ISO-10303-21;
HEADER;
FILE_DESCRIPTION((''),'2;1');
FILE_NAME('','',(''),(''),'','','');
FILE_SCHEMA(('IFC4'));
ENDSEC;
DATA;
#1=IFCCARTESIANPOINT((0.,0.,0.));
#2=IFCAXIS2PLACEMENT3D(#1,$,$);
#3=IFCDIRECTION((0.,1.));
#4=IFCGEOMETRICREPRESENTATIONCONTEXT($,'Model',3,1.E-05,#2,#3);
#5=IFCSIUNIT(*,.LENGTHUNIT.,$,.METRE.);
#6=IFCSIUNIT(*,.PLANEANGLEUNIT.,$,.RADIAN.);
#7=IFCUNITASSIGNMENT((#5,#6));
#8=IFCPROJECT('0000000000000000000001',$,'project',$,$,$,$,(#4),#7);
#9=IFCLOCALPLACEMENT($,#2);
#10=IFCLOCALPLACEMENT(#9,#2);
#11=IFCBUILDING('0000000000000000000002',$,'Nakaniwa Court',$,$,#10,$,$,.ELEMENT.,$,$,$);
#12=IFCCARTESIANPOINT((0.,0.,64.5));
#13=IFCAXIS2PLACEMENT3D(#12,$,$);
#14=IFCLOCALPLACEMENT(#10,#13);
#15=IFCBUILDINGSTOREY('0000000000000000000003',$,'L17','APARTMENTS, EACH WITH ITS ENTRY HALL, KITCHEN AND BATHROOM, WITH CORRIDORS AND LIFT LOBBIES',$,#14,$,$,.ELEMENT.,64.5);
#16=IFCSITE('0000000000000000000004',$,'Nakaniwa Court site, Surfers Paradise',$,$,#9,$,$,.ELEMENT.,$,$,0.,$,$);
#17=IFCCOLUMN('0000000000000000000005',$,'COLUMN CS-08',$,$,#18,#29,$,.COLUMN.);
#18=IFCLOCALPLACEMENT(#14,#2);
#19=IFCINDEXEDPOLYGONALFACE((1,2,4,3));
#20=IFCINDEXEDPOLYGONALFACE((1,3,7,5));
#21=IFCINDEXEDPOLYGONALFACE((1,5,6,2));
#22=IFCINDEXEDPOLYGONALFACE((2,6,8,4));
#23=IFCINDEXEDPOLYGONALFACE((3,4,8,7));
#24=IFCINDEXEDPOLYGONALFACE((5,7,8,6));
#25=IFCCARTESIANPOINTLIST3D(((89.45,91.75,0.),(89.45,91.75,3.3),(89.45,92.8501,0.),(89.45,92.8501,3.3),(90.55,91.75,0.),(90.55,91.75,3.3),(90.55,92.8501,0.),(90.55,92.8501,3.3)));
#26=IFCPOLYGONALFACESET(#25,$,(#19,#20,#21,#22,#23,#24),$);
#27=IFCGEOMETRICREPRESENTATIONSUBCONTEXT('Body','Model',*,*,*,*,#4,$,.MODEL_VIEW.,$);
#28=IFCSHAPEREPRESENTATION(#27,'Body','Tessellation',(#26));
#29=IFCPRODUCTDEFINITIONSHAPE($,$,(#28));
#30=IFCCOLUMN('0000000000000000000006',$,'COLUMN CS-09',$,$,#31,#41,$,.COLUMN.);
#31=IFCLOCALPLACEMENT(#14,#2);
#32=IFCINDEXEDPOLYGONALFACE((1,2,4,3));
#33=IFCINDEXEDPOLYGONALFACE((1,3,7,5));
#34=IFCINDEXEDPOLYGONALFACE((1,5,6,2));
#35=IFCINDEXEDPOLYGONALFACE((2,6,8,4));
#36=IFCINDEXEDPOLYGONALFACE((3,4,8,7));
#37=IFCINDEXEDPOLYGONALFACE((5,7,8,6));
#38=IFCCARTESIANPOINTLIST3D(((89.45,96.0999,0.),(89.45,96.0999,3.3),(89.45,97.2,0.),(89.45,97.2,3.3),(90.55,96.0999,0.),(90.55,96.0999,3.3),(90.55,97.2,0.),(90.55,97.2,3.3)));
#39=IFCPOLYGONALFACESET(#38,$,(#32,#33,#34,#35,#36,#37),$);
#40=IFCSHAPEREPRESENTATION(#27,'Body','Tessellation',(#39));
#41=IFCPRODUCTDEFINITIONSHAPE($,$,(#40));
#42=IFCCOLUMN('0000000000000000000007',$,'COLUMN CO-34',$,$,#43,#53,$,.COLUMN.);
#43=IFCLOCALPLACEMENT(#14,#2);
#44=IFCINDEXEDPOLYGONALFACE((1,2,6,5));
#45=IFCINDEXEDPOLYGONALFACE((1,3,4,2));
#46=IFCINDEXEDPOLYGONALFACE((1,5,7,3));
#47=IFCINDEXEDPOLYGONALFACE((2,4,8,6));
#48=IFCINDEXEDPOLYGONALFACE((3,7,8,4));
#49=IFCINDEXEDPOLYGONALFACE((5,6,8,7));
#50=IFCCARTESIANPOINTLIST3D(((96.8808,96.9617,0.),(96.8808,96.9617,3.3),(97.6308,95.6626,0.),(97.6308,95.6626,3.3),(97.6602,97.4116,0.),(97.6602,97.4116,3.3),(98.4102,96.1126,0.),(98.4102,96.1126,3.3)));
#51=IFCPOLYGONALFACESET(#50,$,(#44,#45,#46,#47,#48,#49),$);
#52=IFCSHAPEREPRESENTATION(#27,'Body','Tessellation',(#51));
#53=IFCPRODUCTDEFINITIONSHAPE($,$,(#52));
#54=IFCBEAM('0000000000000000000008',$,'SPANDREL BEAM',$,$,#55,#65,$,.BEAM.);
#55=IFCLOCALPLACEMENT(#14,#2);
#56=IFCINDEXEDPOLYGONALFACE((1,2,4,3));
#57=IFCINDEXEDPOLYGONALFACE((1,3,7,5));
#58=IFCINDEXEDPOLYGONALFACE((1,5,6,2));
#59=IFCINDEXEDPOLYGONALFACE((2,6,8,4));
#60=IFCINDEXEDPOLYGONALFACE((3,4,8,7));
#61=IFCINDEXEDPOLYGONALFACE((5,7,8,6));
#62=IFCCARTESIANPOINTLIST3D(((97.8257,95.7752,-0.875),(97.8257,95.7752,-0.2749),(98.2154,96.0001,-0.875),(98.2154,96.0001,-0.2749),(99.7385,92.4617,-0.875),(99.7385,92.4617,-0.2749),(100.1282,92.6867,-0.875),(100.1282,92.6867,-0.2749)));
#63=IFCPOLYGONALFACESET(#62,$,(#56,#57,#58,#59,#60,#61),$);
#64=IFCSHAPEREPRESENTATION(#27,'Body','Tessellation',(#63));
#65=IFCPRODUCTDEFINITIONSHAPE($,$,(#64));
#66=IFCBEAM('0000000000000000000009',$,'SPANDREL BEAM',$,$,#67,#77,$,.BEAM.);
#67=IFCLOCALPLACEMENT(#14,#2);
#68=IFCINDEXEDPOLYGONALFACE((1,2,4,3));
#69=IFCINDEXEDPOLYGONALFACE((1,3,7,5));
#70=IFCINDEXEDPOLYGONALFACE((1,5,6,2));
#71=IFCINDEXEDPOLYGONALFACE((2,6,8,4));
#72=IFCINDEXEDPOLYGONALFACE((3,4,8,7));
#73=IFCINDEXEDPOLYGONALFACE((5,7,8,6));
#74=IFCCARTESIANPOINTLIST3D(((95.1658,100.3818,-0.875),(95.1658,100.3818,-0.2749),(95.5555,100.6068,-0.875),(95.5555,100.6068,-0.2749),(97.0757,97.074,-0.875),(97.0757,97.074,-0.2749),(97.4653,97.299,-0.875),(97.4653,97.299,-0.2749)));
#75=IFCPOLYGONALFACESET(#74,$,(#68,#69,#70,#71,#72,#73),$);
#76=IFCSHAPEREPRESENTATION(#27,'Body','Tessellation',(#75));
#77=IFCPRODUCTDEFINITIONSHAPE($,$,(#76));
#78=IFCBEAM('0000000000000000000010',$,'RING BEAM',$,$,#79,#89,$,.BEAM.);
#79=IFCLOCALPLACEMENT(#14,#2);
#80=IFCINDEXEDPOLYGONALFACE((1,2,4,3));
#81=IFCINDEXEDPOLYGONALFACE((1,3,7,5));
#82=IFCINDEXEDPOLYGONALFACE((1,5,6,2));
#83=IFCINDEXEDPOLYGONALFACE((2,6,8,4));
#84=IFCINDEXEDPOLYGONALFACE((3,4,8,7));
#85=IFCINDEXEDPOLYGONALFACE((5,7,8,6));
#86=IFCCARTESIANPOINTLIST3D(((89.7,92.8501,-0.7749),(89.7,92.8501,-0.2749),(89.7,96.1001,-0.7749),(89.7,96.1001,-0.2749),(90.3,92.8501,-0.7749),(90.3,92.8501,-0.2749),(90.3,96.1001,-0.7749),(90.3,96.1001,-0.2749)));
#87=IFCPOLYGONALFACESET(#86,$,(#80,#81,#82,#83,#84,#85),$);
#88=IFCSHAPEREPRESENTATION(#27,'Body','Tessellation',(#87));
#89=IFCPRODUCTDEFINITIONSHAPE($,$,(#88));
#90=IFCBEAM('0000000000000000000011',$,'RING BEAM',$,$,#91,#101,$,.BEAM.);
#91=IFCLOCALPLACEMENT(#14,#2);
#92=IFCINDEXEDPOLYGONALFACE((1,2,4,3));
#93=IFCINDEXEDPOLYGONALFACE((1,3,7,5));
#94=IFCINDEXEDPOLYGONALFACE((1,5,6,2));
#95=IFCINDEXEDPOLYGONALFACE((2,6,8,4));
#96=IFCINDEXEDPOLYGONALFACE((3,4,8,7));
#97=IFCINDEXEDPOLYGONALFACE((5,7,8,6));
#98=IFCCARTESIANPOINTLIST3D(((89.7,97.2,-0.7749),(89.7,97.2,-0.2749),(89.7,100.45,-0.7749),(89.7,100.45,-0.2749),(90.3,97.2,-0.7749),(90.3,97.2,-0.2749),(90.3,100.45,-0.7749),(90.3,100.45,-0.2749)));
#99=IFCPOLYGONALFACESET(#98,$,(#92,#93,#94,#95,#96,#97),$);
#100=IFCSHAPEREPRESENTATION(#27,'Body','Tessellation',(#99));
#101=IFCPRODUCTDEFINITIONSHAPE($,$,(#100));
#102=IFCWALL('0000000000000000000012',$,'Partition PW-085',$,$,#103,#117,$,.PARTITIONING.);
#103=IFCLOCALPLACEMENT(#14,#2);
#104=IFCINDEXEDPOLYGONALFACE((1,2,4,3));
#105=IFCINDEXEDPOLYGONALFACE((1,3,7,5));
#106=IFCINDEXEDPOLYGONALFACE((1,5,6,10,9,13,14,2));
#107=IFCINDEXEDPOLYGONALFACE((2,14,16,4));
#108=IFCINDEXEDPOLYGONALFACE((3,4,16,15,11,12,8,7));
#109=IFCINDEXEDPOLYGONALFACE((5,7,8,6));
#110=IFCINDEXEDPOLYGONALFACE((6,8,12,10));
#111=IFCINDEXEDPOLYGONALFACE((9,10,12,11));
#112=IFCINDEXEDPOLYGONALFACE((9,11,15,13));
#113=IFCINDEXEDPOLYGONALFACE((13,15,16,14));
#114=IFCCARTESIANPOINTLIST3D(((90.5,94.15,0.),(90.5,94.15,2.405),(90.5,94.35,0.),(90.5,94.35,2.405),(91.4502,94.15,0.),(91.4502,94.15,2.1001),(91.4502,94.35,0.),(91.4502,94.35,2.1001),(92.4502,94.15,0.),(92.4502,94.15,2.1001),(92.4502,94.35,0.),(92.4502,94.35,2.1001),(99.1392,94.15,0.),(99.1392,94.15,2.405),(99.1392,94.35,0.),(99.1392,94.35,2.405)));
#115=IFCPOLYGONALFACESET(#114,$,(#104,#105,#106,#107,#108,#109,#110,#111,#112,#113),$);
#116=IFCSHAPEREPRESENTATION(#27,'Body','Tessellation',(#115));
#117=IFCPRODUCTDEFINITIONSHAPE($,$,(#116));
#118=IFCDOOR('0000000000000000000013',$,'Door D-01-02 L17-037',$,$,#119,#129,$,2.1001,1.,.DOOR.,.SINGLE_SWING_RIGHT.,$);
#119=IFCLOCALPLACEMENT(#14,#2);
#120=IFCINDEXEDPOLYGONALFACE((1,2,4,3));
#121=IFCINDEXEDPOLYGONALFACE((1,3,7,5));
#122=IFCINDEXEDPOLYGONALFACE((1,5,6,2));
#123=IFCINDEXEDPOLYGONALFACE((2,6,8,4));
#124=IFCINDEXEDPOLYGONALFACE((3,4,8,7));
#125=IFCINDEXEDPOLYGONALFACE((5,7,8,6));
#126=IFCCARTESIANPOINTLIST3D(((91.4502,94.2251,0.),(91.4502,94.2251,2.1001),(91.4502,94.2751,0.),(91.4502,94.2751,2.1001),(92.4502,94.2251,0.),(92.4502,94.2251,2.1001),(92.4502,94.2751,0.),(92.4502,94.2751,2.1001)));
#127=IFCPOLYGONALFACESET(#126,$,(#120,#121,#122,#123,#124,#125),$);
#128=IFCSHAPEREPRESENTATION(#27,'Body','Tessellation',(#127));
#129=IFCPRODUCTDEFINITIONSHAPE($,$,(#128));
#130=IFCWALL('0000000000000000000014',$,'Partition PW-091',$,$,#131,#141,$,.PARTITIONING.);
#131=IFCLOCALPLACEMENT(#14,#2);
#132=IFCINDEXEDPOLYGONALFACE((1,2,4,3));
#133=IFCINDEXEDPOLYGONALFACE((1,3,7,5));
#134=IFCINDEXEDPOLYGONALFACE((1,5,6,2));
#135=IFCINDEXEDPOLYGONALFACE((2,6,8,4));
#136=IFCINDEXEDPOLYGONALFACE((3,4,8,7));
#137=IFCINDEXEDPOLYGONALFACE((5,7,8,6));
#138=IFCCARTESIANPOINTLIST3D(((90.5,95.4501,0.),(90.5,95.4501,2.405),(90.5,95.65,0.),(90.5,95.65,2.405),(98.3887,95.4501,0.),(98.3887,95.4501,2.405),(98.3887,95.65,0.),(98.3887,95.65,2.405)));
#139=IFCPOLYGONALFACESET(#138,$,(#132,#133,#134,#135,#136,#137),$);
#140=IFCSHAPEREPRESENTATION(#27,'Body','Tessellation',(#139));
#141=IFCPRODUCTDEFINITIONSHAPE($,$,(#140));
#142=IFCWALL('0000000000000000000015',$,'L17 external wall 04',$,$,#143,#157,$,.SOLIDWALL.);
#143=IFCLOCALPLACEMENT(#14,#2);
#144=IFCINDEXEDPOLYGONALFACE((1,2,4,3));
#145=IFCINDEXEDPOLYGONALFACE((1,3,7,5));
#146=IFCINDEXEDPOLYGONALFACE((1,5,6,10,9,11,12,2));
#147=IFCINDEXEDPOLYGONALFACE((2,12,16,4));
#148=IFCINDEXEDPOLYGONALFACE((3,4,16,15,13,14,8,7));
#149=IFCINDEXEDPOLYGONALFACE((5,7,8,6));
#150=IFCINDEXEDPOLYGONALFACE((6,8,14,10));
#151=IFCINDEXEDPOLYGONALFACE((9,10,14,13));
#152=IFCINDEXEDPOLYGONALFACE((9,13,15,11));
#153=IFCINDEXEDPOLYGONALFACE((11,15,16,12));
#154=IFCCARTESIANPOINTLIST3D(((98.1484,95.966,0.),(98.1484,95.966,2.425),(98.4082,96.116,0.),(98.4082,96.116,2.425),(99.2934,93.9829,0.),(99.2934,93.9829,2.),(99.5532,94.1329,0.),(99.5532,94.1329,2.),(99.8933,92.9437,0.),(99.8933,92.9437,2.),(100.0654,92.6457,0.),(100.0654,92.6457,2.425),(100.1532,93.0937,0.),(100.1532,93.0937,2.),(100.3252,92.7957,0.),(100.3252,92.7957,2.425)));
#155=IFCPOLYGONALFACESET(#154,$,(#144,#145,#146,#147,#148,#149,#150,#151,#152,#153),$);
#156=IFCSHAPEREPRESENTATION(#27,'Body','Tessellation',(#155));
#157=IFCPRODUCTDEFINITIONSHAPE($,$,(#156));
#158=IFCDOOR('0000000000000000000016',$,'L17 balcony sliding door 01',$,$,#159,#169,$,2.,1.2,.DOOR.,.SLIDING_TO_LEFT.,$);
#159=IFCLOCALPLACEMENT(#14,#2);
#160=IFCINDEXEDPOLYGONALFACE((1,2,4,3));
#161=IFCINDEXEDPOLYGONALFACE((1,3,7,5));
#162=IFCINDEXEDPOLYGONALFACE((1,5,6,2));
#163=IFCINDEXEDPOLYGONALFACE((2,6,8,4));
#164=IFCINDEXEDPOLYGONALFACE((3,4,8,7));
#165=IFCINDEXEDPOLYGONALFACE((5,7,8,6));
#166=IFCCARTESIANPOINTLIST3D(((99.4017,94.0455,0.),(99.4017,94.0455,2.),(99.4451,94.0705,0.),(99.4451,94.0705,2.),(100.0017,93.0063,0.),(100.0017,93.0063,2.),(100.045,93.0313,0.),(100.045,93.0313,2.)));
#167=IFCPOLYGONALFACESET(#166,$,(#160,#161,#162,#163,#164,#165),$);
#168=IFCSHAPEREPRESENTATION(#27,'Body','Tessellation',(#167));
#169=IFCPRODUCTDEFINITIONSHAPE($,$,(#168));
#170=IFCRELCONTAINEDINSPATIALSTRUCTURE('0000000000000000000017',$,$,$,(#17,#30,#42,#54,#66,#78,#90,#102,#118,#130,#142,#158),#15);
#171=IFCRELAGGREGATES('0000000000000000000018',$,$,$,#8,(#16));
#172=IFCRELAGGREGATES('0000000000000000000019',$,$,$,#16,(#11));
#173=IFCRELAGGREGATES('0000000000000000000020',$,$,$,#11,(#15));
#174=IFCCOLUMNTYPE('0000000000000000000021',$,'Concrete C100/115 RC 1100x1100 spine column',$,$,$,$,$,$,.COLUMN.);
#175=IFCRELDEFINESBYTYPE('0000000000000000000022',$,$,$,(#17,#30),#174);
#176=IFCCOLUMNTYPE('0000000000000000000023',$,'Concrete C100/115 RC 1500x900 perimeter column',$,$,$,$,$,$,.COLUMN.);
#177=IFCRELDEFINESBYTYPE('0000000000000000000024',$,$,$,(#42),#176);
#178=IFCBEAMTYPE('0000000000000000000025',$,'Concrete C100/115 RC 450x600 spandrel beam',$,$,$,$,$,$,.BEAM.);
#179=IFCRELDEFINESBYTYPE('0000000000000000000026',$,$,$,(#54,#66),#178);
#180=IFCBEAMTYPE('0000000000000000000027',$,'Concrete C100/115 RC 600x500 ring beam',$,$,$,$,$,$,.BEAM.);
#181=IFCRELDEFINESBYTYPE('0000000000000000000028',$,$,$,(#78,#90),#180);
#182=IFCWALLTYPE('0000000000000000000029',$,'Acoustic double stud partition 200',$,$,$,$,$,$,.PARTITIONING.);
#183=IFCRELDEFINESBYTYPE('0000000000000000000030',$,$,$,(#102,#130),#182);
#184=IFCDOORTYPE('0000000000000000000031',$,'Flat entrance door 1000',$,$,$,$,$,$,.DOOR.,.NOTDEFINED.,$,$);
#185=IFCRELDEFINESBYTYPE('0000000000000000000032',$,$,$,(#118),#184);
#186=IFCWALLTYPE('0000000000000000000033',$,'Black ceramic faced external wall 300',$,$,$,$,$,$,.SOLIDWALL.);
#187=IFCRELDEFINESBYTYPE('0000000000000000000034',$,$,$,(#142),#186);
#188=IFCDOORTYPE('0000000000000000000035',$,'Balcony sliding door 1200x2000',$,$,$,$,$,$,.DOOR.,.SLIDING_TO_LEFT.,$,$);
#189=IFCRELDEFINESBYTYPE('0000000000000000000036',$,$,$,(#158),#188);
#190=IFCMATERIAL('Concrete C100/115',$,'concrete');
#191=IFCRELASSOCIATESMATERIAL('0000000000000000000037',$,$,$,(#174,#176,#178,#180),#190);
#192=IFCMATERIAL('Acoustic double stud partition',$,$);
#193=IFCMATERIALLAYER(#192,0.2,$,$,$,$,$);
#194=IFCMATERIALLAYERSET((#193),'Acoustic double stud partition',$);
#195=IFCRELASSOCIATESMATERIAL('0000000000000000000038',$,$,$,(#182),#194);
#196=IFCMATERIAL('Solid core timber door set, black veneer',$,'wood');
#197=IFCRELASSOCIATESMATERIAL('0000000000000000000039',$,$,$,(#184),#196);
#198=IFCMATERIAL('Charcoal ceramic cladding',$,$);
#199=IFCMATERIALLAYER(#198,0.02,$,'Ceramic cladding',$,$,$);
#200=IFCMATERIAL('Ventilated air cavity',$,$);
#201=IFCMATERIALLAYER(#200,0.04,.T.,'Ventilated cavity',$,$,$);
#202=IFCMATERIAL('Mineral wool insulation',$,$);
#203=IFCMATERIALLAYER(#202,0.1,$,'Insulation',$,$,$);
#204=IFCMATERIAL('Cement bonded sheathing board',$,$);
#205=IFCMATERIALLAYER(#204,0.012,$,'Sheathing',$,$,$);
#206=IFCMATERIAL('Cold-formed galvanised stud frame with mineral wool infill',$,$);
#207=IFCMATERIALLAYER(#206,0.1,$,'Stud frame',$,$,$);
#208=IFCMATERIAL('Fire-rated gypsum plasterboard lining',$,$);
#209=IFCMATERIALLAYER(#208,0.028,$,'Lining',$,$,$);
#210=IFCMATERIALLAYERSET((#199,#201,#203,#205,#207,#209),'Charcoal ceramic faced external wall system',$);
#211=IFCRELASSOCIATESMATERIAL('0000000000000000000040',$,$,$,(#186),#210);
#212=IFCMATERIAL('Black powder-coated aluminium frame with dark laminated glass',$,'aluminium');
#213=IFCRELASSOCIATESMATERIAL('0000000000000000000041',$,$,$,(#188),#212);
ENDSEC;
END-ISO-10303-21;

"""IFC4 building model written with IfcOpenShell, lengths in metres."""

from ifc_helpers import new_model, si_unit, direction, frame, frame_2d, origin, origin_2d, place, context, subcontext, project, spatial, rectangle, extrude, material, layer, layer_set, material_profile, profile_set, type_object, element, fill, save


model = new_model("IFC4")

# Units and contexts
model_context = context("Model", 3, precision=1e-05, world=origin(), true_north=direction((0.0, 1.0)))
body_context = subcontext(model_context, "Body", "Model", "MODEL_VIEW")
ifc_project = project(units=[si_unit("LENGTHUNIT", "METRE"), si_unit("PLANEANGLEUNIT", "RADIAN")], contexts=[model_context])

# Site, building, storey
site_placement = place(None, origin())
site = spatial("IfcSite", under=ifc_project, at=site_placement, Name="Nakaniwa Court site, Surfers Paradise", CompositionType="ELEMENT", RefElevation=0.0)
building_placement = place(site_placement, origin())
building = spatial("IfcBuilding", under=site, at=building_placement, Name="Nakaniwa Court", CompositionType="ELEMENT")
storey_placement = place(building_placement, frame((0.0, 0.0, 64.5)))
storey = spatial("IfcBuildingStorey", under=building, at=storey_placement, Name="L17", Description="APARTMENTS, EACH WITH ITS ENTRY HALL, KITCHEN AND BATHROOM, WITH CORRIDORS AND LIFT LOBBIES", CompositionType="ELEMENT", Elevation=64.5)

# Columns
ifc_material_1 = material(Name="Concrete C100/115", Category="concrete")
ifc_material_profile_1 = material_profile(ifc_material_1, rectangle(XDim=1.1001, YDim=1.1001, at=origin_2d()), Name="Concrete C100/115 RC 1100x1100 spine column")
ifc_profile_set_1 = profile_set([ifc_material_profile_1], Name="Concrete C100/115")
column_type_1 = type_object("IfcColumnType", Name="Concrete C100/115 RC 1100x1100 spine column", PredefinedType="COLUMN", material=ifc_profile_set_1)
for number, where, z_axis, x_axis, name in (
    (1, (90.0, 92.3, 0.0), (0.0, 0.0, 1.0), (0.0, 1.0, 0.0), "COLUMN CS-08"),
    (2, (90.0, 96.6499, 0.0), (0.0, 0.0, 1.0), (0.0, 1.0, 0.0), "COLUMN CS-09"),
):
    element("IfcColumn", number, at=place(storey_placement, frame(where, z_axis=z_axis, x_axis=x_axis)), inside=storey, type_object=column_type_1, Name=name, PredefinedType="COLUMN", context=body_context, shape_type="SweptSolid", body=[
        extrude(rectangle(XDim=1.1001, YDim=1.1001, at=origin_2d()), origin(), (0.0, 0.0, 1.0), 3.3),
    ])
ifc_material_profile_2 = material_profile(ifc_material_1, rectangle(XDim=1.5, YDim=0.8999, at=origin_2d()), Name="Concrete C100/115 RC 1500x900 perimeter column")
ifc_profile_set_2 = profile_set([ifc_material_profile_2], Name="Concrete C100/115")
column_type_2 = type_object("IfcColumnType", Name="Concrete C100/115 RC 1500x900 perimeter column", PredefinedType="COLUMN", material=ifc_profile_set_2)
column_placement = place(storey_placement, frame((97.6455, 96.5371, 0.0), z_axis=(0.0, 0.0, 1.0), x_axis=(-0.5, 0.866025, 0.0)))
element("IfcColumn", 3, at=column_placement, inside=storey, type_object=column_type_2, Name="COLUMN CO-34", PredefinedType="COLUMN", context=body_context, shape_type="SweptSolid", body=[
    extrude(rectangle(XDim=1.5, YDim=0.8999, at=origin_2d()), origin(), (0.0, 0.0, 1.0), 3.3),
])

# Beams
ifc_material_profile_3 = material_profile(ifc_material_1, rectangle(XDim=0.45, YDim=0.6001, at=origin_2d()), Name="Concrete C100/115 RC 450x600 spandrel beam")
ifc_profile_set_3 = profile_set([ifc_material_profile_3], Name="Concrete C100/115")
beam_type_1 = type_object("IfcBeamType", Name="Concrete C100/115 RC 450x600 spandrel beam", PredefinedType="BEAM", material=ifc_profile_set_3)
beam_1_placement = place(storey_placement, frame((99.9333, 92.5742, -0.575), z_axis=(-0.499962, 0.866047, 0.0), x_axis=(-0.866047, -0.499962, 0.0)))
element("IfcBeam", 4, at=beam_1_placement, inside=storey, type_object=beam_type_1, Name="SPANDREL BEAM", PredefinedType="BEAM", context=body_context, shape_type="SweptSolid", body=[
    extrude(rectangle(XDim=0.45, YDim=0.6001, at=origin_2d()), origin(), (0.0, 0.0, 1.0), 3.8259),
])
beam_2_placement = place(storey_placement, frame((97.2705, 97.1865, -0.575), z_axis=(-0.500023, 0.866012, 0.0), x_axis=(-0.866012, -0.500023, 0.0)))
element("IfcBeam", 5, at=beam_2_placement, inside=storey, type_object=beam_type_1, Name="SPANDREL BEAM", PredefinedType="BEAM", context=body_context, shape_type="SweptSolid", body=[
    extrude(rectangle(XDim=0.45, YDim=0.6001, at=origin_2d()), origin(), (0.0, 0.0, 1.0), 3.8196),
])
ifc_material_profile_4 = material_profile(ifc_material_1, rectangle(XDim=0.6001, YDim=0.5, at=origin_2d()), Name="Concrete C100/115 RC 600x500 ring beam")
ifc_profile_set_4 = profile_set([ifc_material_profile_4], Name="Concrete C100/115")
beam_type_2 = type_object("IfcBeamType", Name="Concrete C100/115 RC 600x500 ring beam", PredefinedType="BEAM", material=ifc_profile_set_4)
for number, where, z_axis, x_axis, name in (
    (6, (90.0, 92.8501, -0.5249), (0.0, 1.0, 0.0), (-1.0, 0.0, 0.0), "RING BEAM"),
    (7, (90.0, 97.2, -0.5249), (0.0, 1.0, 0.0), (-1.0, 0.0, 0.0), "RING BEAM"),
):
    element("IfcBeam", number, at=place(storey_placement, frame(where, z_axis=z_axis, x_axis=x_axis)), inside=storey, type_object=beam_type_2, Name=name, PredefinedType="BEAM", context=body_context, shape_type="SweptSolid", body=[
        extrude(rectangle(XDim=0.6001, YDim=0.5, at=origin_2d()), origin(), (0.0, 0.0, 1.0), 3.25),
    ])

# Wall, opening, door
ifc_material_2 = material(Name="Acoustic double stud partition")
ifc_layer_1 = layer(ifc_material_2, 0.2)
ifc_layer_set_1 = layer_set([ifc_layer_1], Name="Acoustic double stud partition")
wall_type_1 = type_object("IfcWallType", Name="Acoustic double stud partition 200", PredefinedType="PARTITIONING", material=ifc_layer_set_1)
wall_1_placement = place(storey_placement, frame((99.1392, 94.25, 0.0), z_axis=(0.0, 0.0, 1.0), x_axis=(-1.0, 0.0, 0.0)))
wall_1 = element("IfcWall", 8, at=wall_1_placement, inside=storey, type_object=wall_type_1, Name="Partition PW-085", PredefinedType="PARTITIONING", context=body_context, shape_type="SweptSolid", body=[
    extrude(rectangle(XDim=8.6392, YDim=0.2, at=frame_2d((4.3196, 0.0))), origin(), (0.0, 0.0, 1.0), 2.405),
])
opening_1_placement = place(wall_1_placement, frame((6.689, 0.0, 0.0)))
opening_1 = element("IfcOpeningElement", 9, at=opening_1_placement, cuts=wall_1, PredefinedType="OPENING", context=body_context, shape_type="SweptSolid", body=[
    extrude(rectangle(XDim=1.0, YDim=2.1001, at=frame_2d((0.5, 1.05))), frame((0.0, 0.1099, 0.0), z_axis=(0.0, -1.0, 0.0), x_axis=(1.0, 0.0, 0.0)), (0.0, 0.0, 1.0), 0.22),
])
ifc_material_3 = material(Name="Solid core timber door set, black veneer", Category="wood")
door_type_1 = type_object("IfcDoorType", Name="Flat entrance door 1000", OperationType="NOTDEFINED", PredefinedType="DOOR", material=ifc_material_3)
door_1_placement = place(opening_1_placement, origin())
door_1 = element("IfcDoor", 10, at=door_1_placement, inside=storey, type_object=door_type_1, Name="Door D-01-02 L17-037", OperationType="SINGLE_SWING_RIGHT", OverallHeight=2.1001, OverallWidth=1.0, PredefinedType="DOOR", context=body_context, shape_type="SweptSolid", body=[
    extrude(rectangle(XDim=1.0, YDim=2.1001, at=frame_2d((0.5, 1.05))), frame((0.0, 0.0249, 0.0), z_axis=(0.0, -1.0, 0.0), x_axis=(1.0, 0.0, 0.0)), (0.0, 0.0, 1.0), 0.05),
])
fill(opening_1, door_1)

# Wall
wall_2_placement = place(storey_placement, frame((90.5, 95.55, 0.0), z_axis=(0.0, 0.0, 1.0), x_axis=(1.0, 0.0, 0.0)))
element("IfcWall", 11, at=wall_2_placement, inside=storey, type_object=wall_type_1, Name="Partition PW-091", PredefinedType="PARTITIONING", context=body_context, shape_type="SweptSolid", body=[
    extrude(rectangle(XDim=7.8887, YDim=0.2, at=frame_2d((3.9443, 0.0))), origin(), (0.0, 0.0, 1.0), 2.405),
])

# Wall, opening, door
ifc_material_4 = material(Name="Charcoal ceramic cladding")
ifc_layer_2 = layer(ifc_material_4, 0.02, Name="Ceramic cladding")
ifc_material_5 = material(Name="Ventilated air cavity")
ifc_layer_3 = layer(ifc_material_5, 0.04, ventilated=True, Name="Ventilated cavity")
ifc_material_6 = material(Name="Mineral wool insulation")
ifc_layer_4 = layer(ifc_material_6, 0.1, Name="Insulation")
ifc_material_7 = material(Name="Cement bonded sheathing board")
ifc_layer_5 = layer(ifc_material_7, 0.012, Name="Sheathing")
ifc_material_8 = material(Name="Cold-formed galvanised stud frame with mineral wool infill")
ifc_layer_6 = layer(ifc_material_8, 0.1, Name="Stud frame")
ifc_material_9 = material(Name="Fire-rated gypsum plasterboard lining")
ifc_layer_7 = layer(ifc_material_9, 0.028, Name="Lining")
ifc_layer_set_2 = layer_set([ifc_layer_2, ifc_layer_3, ifc_layer_4, ifc_layer_5, ifc_layer_6, ifc_layer_7], Name="Charcoal ceramic faced external wall system")
wall_type_2 = type_object("IfcWallType", Name="Black ceramic faced external wall 300", PredefinedType="SOLIDWALL", material=ifc_layer_set_2)
wall_3_placement = place(storey_placement, frame((100.1953, 92.7207, 0.0), z_axis=(0.0, 0.0, 1.0), x_axis=(-0.500002, 0.866024, 0.0)))
wall_3 = element("IfcWall", 12, at=wall_3_placement, inside=storey, type_object=wall_type_2, Name="L17 external wall 04", PredefinedType="SOLIDWALL", context=body_context, shape_type="SweptSolid", body=[
    extrude(rectangle(XDim=3.834, YDim=0.3, at=frame_2d((1.917, 0.0))), origin(), (0.0, 0.0, 1.0), 2.425),
])
opening_2_placement = place(wall_3_placement, frame((0.344, 0.0, 0.0)))
opening_2 = element("IfcOpeningElement", 13, at=opening_2_placement, cuts=wall_3, PredefinedType="OPENING", context=body_context, shape_type="SweptSolid", body=[
    extrude(rectangle(XDim=1.2, YDim=2.0, at=frame_2d((0.6001, 1.0))), frame((0.0, 0.1599, 0.0), z_axis=(0.0, -1.0, 0.0), x_axis=(1.0, 0.0, 0.0)), (0.0, 0.0, 1.0), 0.3201),
])
ifc_material_10 = material(Name="Black powder-coated aluminium frame with dark laminated glass", Category="aluminium")
door_type_2 = type_object("IfcDoorType", Name="Balcony sliding door 1200x2000", OperationType="SLIDING_TO_LEFT", PredefinedType="DOOR", material=ifc_material_10)
door_2_placement = place(opening_2_placement, origin())
door_2 = element("IfcDoor", 14, at=door_2_placement, inside=storey, type_object=door_type_2, Name="L17 balcony sliding door 01", OperationType="SLIDING_TO_LEFT", OverallHeight=2.0, OverallWidth=1.2, PredefinedType="DOOR", context=body_context, shape_type="SweptSolid", body=[
    extrude(rectangle(XDim=1.2, YDim=2.0, at=frame_2d((0.6001, 1.0))), frame((0.0, 0.0249, 0.0), z_axis=(0.0, -1.0, 0.0), x_axis=(1.0, 0.0, 0.0)), (0.0, 0.0, 1.0), 0.05),
])
fill(opening_2, door_2)

save(model, "model.ifc")
